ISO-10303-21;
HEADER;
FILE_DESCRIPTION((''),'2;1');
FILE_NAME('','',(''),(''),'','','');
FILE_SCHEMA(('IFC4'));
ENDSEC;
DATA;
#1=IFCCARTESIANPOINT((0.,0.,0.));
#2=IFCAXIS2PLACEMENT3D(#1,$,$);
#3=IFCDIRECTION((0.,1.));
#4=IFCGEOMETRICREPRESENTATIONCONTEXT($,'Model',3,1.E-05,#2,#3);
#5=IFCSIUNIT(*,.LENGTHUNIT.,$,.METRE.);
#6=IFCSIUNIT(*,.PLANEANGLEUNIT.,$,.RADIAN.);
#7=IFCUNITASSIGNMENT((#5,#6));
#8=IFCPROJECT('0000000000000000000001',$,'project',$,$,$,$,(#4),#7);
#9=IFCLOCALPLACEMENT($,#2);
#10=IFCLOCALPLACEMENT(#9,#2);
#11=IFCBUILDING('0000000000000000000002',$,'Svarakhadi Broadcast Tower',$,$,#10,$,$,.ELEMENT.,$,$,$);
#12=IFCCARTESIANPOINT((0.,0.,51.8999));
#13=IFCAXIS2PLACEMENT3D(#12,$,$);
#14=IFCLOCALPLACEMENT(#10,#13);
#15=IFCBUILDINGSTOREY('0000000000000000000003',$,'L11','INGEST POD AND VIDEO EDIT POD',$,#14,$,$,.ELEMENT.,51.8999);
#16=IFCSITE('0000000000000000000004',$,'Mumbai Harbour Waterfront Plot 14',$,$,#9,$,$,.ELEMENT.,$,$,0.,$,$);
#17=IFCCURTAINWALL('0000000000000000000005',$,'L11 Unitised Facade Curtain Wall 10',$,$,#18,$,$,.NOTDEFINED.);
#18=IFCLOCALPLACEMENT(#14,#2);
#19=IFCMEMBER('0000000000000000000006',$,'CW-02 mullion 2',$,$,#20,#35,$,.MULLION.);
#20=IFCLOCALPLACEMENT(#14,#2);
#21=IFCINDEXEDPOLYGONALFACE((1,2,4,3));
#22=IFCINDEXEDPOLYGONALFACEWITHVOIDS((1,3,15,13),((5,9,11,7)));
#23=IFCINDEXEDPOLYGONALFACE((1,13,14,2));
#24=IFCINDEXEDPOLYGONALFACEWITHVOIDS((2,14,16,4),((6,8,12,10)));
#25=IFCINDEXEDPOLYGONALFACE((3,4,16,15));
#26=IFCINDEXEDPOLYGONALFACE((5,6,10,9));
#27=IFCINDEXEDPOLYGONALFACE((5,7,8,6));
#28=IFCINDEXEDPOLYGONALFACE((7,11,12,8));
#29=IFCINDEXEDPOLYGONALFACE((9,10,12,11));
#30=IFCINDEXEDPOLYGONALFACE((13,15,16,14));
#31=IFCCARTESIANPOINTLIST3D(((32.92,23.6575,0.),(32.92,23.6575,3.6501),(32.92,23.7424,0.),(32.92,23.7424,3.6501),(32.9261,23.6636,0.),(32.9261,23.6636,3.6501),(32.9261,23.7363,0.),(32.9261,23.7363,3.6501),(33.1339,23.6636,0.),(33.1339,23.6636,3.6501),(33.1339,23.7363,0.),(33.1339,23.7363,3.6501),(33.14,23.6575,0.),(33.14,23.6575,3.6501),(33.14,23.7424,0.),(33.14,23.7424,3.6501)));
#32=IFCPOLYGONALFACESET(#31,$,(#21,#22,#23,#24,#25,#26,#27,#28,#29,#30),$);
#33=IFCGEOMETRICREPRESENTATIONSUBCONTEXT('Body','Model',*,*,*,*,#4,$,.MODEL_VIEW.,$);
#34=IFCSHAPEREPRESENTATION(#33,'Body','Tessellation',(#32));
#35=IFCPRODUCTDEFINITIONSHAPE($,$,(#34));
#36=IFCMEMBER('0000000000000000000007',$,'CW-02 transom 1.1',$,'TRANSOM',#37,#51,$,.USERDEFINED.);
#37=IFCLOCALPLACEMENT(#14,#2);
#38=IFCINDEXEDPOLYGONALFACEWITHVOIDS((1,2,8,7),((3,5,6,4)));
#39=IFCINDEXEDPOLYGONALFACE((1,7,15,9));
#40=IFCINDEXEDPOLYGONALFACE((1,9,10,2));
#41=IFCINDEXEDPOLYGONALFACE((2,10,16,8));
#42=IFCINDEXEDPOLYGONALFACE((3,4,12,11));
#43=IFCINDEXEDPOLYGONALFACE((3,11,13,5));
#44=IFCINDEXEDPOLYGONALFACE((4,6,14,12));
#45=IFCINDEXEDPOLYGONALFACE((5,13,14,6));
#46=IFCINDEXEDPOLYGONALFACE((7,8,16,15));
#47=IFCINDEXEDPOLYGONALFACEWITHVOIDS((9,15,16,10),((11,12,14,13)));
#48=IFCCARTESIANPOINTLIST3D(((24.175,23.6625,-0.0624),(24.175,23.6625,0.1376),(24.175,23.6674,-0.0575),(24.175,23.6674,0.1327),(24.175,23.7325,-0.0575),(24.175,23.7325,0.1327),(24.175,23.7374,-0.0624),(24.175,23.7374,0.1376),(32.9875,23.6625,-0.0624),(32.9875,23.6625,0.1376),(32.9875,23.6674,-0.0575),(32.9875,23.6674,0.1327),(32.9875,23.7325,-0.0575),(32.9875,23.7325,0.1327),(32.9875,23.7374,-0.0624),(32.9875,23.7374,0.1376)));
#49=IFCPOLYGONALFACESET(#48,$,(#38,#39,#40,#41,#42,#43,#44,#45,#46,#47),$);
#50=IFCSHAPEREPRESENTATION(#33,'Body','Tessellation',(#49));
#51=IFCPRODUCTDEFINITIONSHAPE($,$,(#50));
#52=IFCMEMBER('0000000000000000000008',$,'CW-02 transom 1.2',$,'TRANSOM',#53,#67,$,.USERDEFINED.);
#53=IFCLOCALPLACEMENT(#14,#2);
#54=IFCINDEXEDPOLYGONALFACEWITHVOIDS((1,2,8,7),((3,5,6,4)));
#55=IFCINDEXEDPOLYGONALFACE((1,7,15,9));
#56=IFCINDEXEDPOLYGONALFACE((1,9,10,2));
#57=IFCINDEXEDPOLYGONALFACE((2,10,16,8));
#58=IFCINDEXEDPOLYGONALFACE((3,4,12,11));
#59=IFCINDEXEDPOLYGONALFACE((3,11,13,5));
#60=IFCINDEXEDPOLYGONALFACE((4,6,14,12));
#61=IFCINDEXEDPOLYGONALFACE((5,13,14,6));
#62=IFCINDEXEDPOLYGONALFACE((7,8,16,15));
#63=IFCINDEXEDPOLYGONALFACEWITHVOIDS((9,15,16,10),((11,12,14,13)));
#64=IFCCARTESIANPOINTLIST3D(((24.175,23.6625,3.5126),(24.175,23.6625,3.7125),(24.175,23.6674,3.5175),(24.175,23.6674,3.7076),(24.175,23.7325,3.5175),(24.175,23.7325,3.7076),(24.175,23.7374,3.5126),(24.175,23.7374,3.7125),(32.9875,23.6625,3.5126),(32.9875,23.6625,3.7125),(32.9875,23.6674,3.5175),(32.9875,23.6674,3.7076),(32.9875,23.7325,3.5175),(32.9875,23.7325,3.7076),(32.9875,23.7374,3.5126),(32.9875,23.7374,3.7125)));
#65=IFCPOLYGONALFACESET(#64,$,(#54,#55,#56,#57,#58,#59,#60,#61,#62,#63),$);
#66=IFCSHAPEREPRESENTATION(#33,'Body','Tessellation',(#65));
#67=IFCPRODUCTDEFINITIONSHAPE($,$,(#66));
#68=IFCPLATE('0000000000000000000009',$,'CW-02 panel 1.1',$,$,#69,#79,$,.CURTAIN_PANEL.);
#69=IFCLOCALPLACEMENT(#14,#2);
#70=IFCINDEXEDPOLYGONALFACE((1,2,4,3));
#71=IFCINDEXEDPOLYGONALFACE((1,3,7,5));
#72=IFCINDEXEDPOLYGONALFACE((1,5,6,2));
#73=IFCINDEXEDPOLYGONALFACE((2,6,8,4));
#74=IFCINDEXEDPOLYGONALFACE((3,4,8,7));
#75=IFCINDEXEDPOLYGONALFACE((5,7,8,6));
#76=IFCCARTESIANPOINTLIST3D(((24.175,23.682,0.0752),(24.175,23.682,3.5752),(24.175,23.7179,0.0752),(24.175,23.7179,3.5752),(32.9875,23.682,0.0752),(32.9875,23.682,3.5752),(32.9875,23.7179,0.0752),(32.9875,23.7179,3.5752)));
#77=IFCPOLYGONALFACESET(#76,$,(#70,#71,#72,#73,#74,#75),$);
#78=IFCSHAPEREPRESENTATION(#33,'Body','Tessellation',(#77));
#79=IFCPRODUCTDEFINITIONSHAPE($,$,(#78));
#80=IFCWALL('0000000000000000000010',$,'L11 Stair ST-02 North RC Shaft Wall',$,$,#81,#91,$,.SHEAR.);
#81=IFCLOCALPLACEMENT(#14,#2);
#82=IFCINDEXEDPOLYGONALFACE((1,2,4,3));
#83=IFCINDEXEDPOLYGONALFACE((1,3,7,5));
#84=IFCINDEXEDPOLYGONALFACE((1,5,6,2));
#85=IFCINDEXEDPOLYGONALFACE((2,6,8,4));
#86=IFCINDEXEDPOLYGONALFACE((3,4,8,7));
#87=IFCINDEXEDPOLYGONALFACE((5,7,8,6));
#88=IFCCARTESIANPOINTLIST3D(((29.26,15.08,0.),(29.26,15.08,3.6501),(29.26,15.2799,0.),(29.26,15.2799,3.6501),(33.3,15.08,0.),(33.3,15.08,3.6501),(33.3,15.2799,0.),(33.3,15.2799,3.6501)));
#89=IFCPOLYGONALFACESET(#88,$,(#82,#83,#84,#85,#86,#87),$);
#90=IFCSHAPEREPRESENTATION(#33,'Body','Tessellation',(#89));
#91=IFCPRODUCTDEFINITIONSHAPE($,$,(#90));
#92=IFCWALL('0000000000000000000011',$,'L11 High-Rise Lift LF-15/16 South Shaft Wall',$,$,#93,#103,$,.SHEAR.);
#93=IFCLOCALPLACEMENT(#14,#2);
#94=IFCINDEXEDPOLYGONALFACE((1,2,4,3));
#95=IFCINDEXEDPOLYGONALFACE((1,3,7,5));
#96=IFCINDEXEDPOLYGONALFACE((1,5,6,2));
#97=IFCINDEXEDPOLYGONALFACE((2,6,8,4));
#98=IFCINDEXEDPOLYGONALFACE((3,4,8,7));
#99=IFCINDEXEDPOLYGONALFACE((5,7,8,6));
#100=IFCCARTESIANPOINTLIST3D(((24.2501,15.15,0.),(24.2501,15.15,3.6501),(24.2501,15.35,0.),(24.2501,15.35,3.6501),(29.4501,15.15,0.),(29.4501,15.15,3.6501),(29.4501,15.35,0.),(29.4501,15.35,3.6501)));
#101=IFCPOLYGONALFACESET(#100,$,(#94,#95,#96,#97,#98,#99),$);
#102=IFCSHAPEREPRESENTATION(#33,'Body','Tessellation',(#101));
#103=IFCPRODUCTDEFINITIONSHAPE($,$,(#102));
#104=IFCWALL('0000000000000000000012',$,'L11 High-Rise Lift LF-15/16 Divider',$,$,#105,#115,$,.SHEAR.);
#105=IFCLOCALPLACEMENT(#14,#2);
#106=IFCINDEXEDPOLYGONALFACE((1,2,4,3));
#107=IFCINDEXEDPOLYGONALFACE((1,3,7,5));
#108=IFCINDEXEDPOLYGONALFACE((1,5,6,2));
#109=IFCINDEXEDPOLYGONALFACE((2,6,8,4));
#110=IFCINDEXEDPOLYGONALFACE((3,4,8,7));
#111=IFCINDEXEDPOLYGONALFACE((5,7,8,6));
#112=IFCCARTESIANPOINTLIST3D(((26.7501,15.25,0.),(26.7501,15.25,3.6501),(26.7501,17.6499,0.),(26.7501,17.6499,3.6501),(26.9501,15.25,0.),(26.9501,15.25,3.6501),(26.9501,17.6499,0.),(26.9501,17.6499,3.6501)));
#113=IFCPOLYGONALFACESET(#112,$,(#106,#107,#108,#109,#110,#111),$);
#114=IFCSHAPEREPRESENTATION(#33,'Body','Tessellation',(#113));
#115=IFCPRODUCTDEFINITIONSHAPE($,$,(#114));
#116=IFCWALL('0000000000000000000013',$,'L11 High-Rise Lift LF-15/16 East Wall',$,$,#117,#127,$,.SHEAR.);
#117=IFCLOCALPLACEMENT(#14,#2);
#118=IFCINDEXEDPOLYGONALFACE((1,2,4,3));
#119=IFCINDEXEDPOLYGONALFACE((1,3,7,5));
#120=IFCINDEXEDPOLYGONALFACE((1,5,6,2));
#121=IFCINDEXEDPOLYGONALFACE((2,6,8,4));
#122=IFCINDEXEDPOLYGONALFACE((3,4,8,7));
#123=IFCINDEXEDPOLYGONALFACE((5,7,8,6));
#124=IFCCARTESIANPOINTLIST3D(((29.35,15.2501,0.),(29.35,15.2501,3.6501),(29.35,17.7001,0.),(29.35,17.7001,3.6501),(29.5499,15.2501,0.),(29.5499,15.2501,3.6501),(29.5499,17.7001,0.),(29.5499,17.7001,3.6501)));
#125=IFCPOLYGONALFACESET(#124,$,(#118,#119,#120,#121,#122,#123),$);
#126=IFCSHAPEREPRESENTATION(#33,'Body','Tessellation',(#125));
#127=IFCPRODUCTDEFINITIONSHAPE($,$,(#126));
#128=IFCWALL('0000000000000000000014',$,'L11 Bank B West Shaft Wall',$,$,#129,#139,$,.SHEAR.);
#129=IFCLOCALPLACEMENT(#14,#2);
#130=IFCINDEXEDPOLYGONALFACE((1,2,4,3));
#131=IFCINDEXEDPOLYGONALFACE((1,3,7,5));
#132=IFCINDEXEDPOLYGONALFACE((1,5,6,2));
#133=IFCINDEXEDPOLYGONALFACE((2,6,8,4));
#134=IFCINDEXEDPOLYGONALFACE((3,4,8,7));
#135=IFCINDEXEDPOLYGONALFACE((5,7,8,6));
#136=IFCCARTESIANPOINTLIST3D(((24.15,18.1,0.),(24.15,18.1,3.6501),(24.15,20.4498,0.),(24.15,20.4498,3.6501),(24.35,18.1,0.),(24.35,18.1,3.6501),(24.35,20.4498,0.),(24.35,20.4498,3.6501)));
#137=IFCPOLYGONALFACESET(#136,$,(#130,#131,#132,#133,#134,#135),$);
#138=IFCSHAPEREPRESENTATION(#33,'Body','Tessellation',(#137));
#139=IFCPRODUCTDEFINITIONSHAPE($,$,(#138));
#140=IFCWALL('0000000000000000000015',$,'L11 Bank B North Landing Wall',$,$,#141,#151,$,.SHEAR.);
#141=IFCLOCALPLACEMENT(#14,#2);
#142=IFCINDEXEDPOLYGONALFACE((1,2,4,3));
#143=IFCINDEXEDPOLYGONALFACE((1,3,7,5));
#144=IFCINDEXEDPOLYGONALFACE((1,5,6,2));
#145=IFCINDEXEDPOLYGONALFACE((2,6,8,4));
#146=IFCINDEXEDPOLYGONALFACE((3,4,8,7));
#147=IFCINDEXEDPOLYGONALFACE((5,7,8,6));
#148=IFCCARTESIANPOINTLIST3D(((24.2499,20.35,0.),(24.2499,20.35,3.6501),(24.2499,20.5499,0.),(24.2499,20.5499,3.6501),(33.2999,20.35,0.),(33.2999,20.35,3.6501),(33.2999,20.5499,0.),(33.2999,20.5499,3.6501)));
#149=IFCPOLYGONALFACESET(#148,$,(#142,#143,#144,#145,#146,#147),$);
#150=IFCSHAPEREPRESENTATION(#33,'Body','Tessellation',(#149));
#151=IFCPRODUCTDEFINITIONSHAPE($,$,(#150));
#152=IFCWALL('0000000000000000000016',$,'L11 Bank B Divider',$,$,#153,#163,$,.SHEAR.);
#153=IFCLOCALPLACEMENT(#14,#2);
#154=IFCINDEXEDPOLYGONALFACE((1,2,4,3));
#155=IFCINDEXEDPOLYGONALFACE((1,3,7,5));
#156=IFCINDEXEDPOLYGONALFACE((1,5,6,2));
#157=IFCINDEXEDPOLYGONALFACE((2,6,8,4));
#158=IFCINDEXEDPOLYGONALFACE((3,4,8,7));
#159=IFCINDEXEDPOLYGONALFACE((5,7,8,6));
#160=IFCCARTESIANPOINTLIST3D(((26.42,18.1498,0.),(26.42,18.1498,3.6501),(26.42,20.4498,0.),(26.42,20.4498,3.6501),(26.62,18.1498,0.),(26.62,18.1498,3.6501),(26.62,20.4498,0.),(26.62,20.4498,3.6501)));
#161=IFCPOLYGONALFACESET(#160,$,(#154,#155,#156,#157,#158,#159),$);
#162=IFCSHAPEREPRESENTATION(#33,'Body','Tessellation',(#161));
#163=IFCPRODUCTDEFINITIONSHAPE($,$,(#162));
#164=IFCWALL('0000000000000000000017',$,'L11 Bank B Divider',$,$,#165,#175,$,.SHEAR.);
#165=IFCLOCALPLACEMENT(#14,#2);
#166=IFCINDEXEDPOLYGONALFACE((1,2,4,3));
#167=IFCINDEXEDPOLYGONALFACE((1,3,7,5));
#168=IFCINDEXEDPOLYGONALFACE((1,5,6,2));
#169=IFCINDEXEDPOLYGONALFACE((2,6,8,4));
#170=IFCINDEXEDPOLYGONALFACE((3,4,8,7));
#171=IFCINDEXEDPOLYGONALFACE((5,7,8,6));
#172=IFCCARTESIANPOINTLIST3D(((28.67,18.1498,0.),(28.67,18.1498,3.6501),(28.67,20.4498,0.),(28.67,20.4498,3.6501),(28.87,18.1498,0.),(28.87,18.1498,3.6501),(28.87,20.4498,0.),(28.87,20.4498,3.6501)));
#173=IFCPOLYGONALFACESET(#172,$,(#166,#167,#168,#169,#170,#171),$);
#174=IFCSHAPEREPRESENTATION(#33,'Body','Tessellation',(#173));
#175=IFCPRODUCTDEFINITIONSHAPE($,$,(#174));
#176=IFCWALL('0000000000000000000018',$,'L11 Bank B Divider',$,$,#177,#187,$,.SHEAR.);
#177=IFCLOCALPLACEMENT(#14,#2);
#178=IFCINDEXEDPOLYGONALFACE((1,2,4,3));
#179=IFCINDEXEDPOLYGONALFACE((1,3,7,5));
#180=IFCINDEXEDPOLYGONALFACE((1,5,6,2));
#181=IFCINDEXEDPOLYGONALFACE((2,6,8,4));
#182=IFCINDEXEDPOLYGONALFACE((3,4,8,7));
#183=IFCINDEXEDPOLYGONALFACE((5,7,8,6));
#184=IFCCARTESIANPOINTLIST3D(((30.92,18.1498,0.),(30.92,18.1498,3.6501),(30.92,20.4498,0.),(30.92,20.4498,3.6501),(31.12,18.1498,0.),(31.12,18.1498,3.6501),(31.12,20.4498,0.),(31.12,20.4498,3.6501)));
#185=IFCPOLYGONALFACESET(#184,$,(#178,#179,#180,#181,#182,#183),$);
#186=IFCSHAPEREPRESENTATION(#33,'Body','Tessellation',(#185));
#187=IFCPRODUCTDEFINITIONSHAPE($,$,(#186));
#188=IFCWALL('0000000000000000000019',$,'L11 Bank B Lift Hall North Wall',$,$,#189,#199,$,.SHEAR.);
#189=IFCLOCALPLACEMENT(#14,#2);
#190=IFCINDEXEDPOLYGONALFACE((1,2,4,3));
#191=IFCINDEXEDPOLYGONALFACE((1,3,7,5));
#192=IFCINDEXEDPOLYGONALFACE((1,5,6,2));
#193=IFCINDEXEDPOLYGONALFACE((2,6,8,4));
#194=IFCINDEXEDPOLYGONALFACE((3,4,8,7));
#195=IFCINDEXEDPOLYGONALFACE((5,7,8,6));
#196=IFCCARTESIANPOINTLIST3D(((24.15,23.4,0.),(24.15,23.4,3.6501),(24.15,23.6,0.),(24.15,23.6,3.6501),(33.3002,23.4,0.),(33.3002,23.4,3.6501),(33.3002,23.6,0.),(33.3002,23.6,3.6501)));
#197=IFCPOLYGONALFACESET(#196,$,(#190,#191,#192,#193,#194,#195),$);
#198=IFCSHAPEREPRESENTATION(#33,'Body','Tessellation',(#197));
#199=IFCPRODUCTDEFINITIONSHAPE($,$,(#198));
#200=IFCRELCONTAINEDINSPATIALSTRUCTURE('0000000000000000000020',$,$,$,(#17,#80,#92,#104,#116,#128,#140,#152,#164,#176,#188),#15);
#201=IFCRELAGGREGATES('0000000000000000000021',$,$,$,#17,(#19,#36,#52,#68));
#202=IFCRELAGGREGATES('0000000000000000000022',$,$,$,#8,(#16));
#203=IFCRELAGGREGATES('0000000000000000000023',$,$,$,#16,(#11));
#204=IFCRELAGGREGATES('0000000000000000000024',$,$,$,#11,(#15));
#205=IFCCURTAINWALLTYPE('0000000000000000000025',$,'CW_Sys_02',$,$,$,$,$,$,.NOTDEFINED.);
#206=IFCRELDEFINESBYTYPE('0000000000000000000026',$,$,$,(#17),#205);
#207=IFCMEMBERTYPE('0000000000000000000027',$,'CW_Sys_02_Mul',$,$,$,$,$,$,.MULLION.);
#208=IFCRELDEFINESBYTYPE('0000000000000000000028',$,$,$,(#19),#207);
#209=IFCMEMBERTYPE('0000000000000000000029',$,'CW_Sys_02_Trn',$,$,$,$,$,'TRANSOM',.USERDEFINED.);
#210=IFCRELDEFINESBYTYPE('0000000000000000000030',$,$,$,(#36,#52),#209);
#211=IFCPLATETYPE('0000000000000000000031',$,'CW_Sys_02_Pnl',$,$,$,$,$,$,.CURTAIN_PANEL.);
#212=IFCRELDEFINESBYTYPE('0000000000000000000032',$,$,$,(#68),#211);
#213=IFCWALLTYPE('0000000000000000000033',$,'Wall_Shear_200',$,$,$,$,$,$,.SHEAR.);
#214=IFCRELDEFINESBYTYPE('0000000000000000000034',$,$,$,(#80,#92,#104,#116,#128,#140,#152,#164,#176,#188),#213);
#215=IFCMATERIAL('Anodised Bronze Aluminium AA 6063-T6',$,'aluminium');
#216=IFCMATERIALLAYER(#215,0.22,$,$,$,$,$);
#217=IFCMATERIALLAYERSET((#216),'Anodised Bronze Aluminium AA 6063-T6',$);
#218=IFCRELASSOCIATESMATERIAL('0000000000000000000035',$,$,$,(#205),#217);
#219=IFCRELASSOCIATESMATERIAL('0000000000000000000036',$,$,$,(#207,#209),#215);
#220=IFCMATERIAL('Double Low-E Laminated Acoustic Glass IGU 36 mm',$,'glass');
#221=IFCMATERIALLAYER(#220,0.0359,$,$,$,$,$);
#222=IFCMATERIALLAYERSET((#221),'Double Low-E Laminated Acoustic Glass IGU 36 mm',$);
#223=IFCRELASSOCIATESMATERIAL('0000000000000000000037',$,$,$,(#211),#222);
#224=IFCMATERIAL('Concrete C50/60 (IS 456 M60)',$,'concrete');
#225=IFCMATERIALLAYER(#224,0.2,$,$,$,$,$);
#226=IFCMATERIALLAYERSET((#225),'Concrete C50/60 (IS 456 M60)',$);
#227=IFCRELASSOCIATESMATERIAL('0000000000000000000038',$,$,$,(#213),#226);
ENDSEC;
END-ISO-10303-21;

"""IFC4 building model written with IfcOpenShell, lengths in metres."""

from ifc_helpers import new_model, si_unit, direction, frame, frame_2d, origin, origin_2d, place, context, subcontext, project, spatial, rectangle, hollow_rectangle, extrude, material, layer, layer_set, material_profile, profile_set, type_object, element, aggregate, save


model = new_model("IFC4")

# Units and contexts
model_context = context("Model", 3, precision=1e-05, world=origin(), true_north=direction((0.0, 1.0)))
body_context = subcontext(model_context, "Body", "Model", "MODEL_VIEW")
ifc_project = project(units=[si_unit("LENGTHUNIT", "METRE"), si_unit("PLANEANGLEUNIT", "RADIAN")], contexts=[model_context])

# Site, building, storey
site_placement = place(None, origin())
site = spatial("IfcSite", under=ifc_project, at=site_placement, Name="Mumbai Harbour Waterfront Plot 14", CompositionType="ELEMENT", RefElevation=0.0)
building_placement = place(site_placement, origin())
building = spatial("IfcBuilding", under=site, at=building_placement, Name="Svarakhadi Broadcast Tower", CompositionType="ELEMENT")
storey_placement = place(building_placement, frame((0.0, 0.0, 51.8999)))
storey = spatial("IfcBuildingStorey", under=building, at=storey_placement, Name="L11", Description="INGEST POD AND VIDEO EDIT POD", CompositionType="ELEMENT", Elevation=51.8999)

# Curtain wall, members, plate
ifc_material_1 = material(Name="Anodised Bronze Aluminium AA 6063-T6", Category="aluminium")
ifc_layer_1 = layer(ifc_material_1, 0.22)
ifc_layer_set_1 = layer_set([ifc_layer_1], Name="Anodised Bronze Aluminium AA 6063-T6")
curtain_wall_type = type_object("IfcCurtainWallType", Name="CW_Sys_02", PredefinedType="NOTDEFINED", material=ifc_layer_set_1)
curtain_wall_placement = place(storey_placement, origin())
curtain_wall = element("IfcCurtainWall", 1, at=curtain_wall_placement, inside=storey, type_object=curtain_wall_type, Name="L11 Unitised Facade Curtain Wall 10", PredefinedType="NOTDEFINED")
ifc_material_profile_1 = material_profile(ifc_material_1, hollow_rectangle(XDim=0.085, YDim=0.22, WallThickness=0.0061, at=origin_2d()), Name="ALU MULLION 220x85x6")
ifc_profile_set_1 = profile_set([ifc_material_profile_1], Name="Anodised Bronze Aluminium AA 6063-T6")
member_type_1 = type_object("IfcMemberType", Name="CW_Sys_02_Mul", PredefinedType="MULLION", material=ifc_profile_set_1)
member_1_placement = place(storey_placement, frame((33.03, 23.7, 0.0), z_axis=(0.0, 0.0, 1.0), x_axis=(0.0, 1.0, 0.0)))
member_1 = element("IfcMember", 2, at=member_1_placement, type_object=member_type_1, Name="CW-02 mullion 2", PredefinedType="MULLION", context=body_context, shape_type="SweptSolid", body=[
    extrude(hollow_rectangle(XDim=0.085, YDim=0.22, WallThickness=0.0061, at=origin_2d()), origin(), (0.0, 0.0, 1.0), 3.6501),
])
ifc_material_profile_2 = material_profile(ifc_material_1, hollow_rectangle(XDim=0.075, YDim=0.2, WallThickness=0.0049, at=origin_2d()), Name="ALU TRANSOM 200x75x5")
ifc_profile_set_2 = profile_set([ifc_material_profile_2], Name="Anodised Bronze Aluminium AA 6063-T6")
member_type_2 = type_object("IfcMemberType", Name="CW_Sys_02_Trn", ElementType="TRANSOM", PredefinedType="USERDEFINED", material=ifc_profile_set_2)
member_2_placement = place(storey_placement, frame((24.175, 23.7, 0.0376), z_axis=(1.0, 0.0, 0.0), x_axis=(0.0, 1.0, 0.0)))
member_2 = element("IfcMember", 3, at=member_2_placement, type_object=member_type_2, Name="CW-02 transom 1.1", ObjectType="TRANSOM", PredefinedType="USERDEFINED", context=body_context, shape_type="SweptSolid", body=[
    extrude(hollow_rectangle(XDim=0.075, YDim=0.2, WallThickness=0.0049, at=origin_2d()), origin(), (0.0, 0.0, 1.0), 8.8125),
])
member_3_placement = place(storey_placement, frame((24.175, 23.7, 3.6125), z_axis=(1.0, 0.0, 0.0), x_axis=(0.0, 1.0, 0.0)))
member_3 = element("IfcMember", 4, at=member_3_placement, type_object=member_type_2, Name="CW-02 transom 1.2", ObjectType="TRANSOM", PredefinedType="USERDEFINED", context=body_context, shape_type="SweptSolid", body=[
    extrude(hollow_rectangle(XDim=0.075, YDim=0.2, WallThickness=0.0049, at=origin_2d()), origin(), (0.0, 0.0, 1.0), 8.8125),
])
ifc_material_2 = material(Name="Double Low-E Laminated Acoustic Glass IGU 36 mm", Category="glass")
ifc_layer_2 = layer(ifc_material_2, 0.0359)
ifc_layer_set_2 = layer_set([ifc_layer_2], Name="Double Low-E Laminated Acoustic Glass IGU 36 mm")
plate_type = type_object("IfcPlateType", Name="CW_Sys_02_Pnl", PredefinedType="CURTAIN_PANEL", material=ifc_layer_set_2)
plate_placement = place(storey_placement, frame((28.5813, 23.7, 0.0752), z_axis=(0.0, 0.0, 1.0), x_axis=(1.0, 0.0, 0.0)))
plate = element("IfcPlate", 5, at=plate_placement, type_object=plate_type, Name="CW-02 panel 1.1", PredefinedType="CURTAIN_PANEL", context=body_context, shape_type="SweptSolid", body=[
    extrude(rectangle(XDim=8.8125, YDim=0.0359, at=origin_2d()), origin(), (0.0, 0.0, 1.0), 3.5),
])
aggregate(curtain_wall, [member_1, member_2, member_3, plate])

# Wall
ifc_material_3 = material(Name="Concrete C50/60 (IS 456 M60)", Category="concrete")
ifc_layer_3 = layer(ifc_material_3, 0.2)
ifc_layer_set_3 = layer_set([ifc_layer_3], Name="Concrete C50/60 (IS 456 M60)")
wall_type_1 = type_object("IfcWallType", Name="Wall_Shear_200", PredefinedType="SHEAR", material=ifc_layer_set_3)
wall_1_placement = place(storey_placement, frame((29.26, 15.1799, 0.0), z_axis=(0.0, 0.0, 1.0), x_axis=(1.0, 0.0, 0.0)))
element("IfcWall", 6, at=wall_1_placement, inside=storey, type_object=wall_type_1, Name="L11 Stair ST-02 North RC Shaft Wall", PredefinedType="SHEAR", context=body_context, shape_type="SweptSolid", body=[
    extrude(rectangle(XDim=4.04, YDim=0.2, at=frame_2d((2.02, 0.0))), origin(), (0.0, 0.0, 1.0), 3.6501),
])

# Walls
wall_2_placement = place(storey_placement, frame((24.25, 15.25, 0.0), z_axis=(0.0, 0.0, 1.0), x_axis=(1.0, 0.0, 0.0)))
element("IfcWall", 7, at=wall_2_placement, inside=storey, type_object=wall_type_1, Name="L11 High-Rise Lift LF-15/16 South Shaft Wall", PredefinedType="SHEAR", context=body_context, shape_type="SweptSolid", body=[
    extrude(rectangle(XDim=5.2, YDim=0.2, at=frame_2d((2.6001, 0.0))), origin(), (0.0, 0.0, 1.0), 3.6501),
])
wall_3_placement = place(storey_placement, frame((26.8501, 15.25, 0.0), z_axis=(0.0, 0.0, 1.0), x_axis=(0.0, 1.0, 0.0)))
element("IfcWall", 8, at=wall_3_placement, inside=storey, type_object=wall_type_1, Name="L11 High-Rise Lift LF-15/16 Divider", PredefinedType="SHEAR", context=body_context, shape_type="SweptSolid", body=[
    extrude(rectangle(XDim=2.3999, YDim=0.2, at=frame_2d((1.2, 0.0))), origin(), (0.0, 0.0, 1.0), 3.6501),
])
wall_4_placement = place(storey_placement, frame((29.45, 15.25, 0.0), z_axis=(0.0, 0.0, 1.0), x_axis=(0.0, 1.0, 0.0)))
element("IfcWall", 9, at=wall_4_placement, inside=storey, type_object=wall_type_1, Name="L11 High-Rise Lift LF-15/16 East Wall", PredefinedType="SHEAR", context=body_context, shape_type="SweptSolid", body=[
    extrude(rectangle(XDim=2.45, YDim=0.2, at=frame_2d((1.2251, 0.0))), origin(), (0.0, 0.0, 1.0), 3.6501),
])
wall_5_placement = place(storey_placement, frame((24.25, 18.1001, 0.0), z_axis=(0.0, 0.0, 1.0), x_axis=(0.0, 1.0, 0.0)))
element("IfcWall", 10, at=wall_5_placement, inside=storey, type_object=wall_type_1, Name="L11 Bank B West Shaft Wall", PredefinedType="SHEAR", context=body_context, shape_type="SweptSolid", body=[
    extrude(rectangle(XDim=2.3499, YDim=0.2, at=frame_2d((1.1748, 0.0))), origin(), (0.0, 0.0, 1.0), 3.6501),
])
wall_6_placement = place(storey_placement, frame((24.25, 20.45, 0.0), z_axis=(0.0, 0.0, 1.0), x_axis=(1.0, 0.0, 0.0)))
element("IfcWall", 11, at=wall_6_placement, inside=storey, type_object=wall_type_1, Name="L11 Bank B North Landing Wall", PredefinedType="SHEAR", context=body_context, shape_type="SweptSolid", body=[
    extrude(rectangle(XDim=9.05, YDim=0.2, at=frame_2d((4.5249, 0.0))), origin(), (0.0, 0.0, 1.0), 3.6501),
])
for number, where, z_axis, x_axis, name in (
    (12, (26.52, 18.1499, 0.0), (0.0, 0.0, 1.0), (0.0, 1.0, 0.0), "L11 Bank B Divider"),
    (13, (28.77, 18.1499, 0.0), (0.0, 0.0, 1.0), (0.0, 1.0, 0.0), "L11 Bank B Divider"),
    (14, (31.02, 18.1499, 0.0), (0.0, 0.0, 1.0), (0.0, 1.0, 0.0), "L11 Bank B Divider"),
):
    element("IfcWall", number, at=place(storey_placement, frame(where, z_axis=z_axis, x_axis=x_axis)), inside=storey, type_object=wall_type_1, Name=name, PredefinedType="SHEAR", context=body_context, shape_type="SweptSolid", body=[
        extrude(rectangle(XDim=2.3, YDim=0.2, at=frame_2d((1.1499, 0.0))), origin(), (0.0, 0.0, 1.0), 3.6501),
    ])
wall_7_placement = place(storey_placement, frame((24.1499, 23.5, 0.0), z_axis=(0.0, 0.0, 1.0), x_axis=(1.0, 0.0, 0.0)))
element("IfcWall", 15, at=wall_7_placement, inside=storey, type_object=wall_type_1, Name="L11 Bank B Lift Hall North Wall", PredefinedType="SHEAR", context=body_context, shape_type="SweptSolid", body=[
    extrude(rectangle(XDim=9.1501, YDim=0.2, at=frame_2d((4.5752, 0.0))), origin(), (0.0, 0.0, 1.0), 3.6501),
])

save(model, "model.ifc")
